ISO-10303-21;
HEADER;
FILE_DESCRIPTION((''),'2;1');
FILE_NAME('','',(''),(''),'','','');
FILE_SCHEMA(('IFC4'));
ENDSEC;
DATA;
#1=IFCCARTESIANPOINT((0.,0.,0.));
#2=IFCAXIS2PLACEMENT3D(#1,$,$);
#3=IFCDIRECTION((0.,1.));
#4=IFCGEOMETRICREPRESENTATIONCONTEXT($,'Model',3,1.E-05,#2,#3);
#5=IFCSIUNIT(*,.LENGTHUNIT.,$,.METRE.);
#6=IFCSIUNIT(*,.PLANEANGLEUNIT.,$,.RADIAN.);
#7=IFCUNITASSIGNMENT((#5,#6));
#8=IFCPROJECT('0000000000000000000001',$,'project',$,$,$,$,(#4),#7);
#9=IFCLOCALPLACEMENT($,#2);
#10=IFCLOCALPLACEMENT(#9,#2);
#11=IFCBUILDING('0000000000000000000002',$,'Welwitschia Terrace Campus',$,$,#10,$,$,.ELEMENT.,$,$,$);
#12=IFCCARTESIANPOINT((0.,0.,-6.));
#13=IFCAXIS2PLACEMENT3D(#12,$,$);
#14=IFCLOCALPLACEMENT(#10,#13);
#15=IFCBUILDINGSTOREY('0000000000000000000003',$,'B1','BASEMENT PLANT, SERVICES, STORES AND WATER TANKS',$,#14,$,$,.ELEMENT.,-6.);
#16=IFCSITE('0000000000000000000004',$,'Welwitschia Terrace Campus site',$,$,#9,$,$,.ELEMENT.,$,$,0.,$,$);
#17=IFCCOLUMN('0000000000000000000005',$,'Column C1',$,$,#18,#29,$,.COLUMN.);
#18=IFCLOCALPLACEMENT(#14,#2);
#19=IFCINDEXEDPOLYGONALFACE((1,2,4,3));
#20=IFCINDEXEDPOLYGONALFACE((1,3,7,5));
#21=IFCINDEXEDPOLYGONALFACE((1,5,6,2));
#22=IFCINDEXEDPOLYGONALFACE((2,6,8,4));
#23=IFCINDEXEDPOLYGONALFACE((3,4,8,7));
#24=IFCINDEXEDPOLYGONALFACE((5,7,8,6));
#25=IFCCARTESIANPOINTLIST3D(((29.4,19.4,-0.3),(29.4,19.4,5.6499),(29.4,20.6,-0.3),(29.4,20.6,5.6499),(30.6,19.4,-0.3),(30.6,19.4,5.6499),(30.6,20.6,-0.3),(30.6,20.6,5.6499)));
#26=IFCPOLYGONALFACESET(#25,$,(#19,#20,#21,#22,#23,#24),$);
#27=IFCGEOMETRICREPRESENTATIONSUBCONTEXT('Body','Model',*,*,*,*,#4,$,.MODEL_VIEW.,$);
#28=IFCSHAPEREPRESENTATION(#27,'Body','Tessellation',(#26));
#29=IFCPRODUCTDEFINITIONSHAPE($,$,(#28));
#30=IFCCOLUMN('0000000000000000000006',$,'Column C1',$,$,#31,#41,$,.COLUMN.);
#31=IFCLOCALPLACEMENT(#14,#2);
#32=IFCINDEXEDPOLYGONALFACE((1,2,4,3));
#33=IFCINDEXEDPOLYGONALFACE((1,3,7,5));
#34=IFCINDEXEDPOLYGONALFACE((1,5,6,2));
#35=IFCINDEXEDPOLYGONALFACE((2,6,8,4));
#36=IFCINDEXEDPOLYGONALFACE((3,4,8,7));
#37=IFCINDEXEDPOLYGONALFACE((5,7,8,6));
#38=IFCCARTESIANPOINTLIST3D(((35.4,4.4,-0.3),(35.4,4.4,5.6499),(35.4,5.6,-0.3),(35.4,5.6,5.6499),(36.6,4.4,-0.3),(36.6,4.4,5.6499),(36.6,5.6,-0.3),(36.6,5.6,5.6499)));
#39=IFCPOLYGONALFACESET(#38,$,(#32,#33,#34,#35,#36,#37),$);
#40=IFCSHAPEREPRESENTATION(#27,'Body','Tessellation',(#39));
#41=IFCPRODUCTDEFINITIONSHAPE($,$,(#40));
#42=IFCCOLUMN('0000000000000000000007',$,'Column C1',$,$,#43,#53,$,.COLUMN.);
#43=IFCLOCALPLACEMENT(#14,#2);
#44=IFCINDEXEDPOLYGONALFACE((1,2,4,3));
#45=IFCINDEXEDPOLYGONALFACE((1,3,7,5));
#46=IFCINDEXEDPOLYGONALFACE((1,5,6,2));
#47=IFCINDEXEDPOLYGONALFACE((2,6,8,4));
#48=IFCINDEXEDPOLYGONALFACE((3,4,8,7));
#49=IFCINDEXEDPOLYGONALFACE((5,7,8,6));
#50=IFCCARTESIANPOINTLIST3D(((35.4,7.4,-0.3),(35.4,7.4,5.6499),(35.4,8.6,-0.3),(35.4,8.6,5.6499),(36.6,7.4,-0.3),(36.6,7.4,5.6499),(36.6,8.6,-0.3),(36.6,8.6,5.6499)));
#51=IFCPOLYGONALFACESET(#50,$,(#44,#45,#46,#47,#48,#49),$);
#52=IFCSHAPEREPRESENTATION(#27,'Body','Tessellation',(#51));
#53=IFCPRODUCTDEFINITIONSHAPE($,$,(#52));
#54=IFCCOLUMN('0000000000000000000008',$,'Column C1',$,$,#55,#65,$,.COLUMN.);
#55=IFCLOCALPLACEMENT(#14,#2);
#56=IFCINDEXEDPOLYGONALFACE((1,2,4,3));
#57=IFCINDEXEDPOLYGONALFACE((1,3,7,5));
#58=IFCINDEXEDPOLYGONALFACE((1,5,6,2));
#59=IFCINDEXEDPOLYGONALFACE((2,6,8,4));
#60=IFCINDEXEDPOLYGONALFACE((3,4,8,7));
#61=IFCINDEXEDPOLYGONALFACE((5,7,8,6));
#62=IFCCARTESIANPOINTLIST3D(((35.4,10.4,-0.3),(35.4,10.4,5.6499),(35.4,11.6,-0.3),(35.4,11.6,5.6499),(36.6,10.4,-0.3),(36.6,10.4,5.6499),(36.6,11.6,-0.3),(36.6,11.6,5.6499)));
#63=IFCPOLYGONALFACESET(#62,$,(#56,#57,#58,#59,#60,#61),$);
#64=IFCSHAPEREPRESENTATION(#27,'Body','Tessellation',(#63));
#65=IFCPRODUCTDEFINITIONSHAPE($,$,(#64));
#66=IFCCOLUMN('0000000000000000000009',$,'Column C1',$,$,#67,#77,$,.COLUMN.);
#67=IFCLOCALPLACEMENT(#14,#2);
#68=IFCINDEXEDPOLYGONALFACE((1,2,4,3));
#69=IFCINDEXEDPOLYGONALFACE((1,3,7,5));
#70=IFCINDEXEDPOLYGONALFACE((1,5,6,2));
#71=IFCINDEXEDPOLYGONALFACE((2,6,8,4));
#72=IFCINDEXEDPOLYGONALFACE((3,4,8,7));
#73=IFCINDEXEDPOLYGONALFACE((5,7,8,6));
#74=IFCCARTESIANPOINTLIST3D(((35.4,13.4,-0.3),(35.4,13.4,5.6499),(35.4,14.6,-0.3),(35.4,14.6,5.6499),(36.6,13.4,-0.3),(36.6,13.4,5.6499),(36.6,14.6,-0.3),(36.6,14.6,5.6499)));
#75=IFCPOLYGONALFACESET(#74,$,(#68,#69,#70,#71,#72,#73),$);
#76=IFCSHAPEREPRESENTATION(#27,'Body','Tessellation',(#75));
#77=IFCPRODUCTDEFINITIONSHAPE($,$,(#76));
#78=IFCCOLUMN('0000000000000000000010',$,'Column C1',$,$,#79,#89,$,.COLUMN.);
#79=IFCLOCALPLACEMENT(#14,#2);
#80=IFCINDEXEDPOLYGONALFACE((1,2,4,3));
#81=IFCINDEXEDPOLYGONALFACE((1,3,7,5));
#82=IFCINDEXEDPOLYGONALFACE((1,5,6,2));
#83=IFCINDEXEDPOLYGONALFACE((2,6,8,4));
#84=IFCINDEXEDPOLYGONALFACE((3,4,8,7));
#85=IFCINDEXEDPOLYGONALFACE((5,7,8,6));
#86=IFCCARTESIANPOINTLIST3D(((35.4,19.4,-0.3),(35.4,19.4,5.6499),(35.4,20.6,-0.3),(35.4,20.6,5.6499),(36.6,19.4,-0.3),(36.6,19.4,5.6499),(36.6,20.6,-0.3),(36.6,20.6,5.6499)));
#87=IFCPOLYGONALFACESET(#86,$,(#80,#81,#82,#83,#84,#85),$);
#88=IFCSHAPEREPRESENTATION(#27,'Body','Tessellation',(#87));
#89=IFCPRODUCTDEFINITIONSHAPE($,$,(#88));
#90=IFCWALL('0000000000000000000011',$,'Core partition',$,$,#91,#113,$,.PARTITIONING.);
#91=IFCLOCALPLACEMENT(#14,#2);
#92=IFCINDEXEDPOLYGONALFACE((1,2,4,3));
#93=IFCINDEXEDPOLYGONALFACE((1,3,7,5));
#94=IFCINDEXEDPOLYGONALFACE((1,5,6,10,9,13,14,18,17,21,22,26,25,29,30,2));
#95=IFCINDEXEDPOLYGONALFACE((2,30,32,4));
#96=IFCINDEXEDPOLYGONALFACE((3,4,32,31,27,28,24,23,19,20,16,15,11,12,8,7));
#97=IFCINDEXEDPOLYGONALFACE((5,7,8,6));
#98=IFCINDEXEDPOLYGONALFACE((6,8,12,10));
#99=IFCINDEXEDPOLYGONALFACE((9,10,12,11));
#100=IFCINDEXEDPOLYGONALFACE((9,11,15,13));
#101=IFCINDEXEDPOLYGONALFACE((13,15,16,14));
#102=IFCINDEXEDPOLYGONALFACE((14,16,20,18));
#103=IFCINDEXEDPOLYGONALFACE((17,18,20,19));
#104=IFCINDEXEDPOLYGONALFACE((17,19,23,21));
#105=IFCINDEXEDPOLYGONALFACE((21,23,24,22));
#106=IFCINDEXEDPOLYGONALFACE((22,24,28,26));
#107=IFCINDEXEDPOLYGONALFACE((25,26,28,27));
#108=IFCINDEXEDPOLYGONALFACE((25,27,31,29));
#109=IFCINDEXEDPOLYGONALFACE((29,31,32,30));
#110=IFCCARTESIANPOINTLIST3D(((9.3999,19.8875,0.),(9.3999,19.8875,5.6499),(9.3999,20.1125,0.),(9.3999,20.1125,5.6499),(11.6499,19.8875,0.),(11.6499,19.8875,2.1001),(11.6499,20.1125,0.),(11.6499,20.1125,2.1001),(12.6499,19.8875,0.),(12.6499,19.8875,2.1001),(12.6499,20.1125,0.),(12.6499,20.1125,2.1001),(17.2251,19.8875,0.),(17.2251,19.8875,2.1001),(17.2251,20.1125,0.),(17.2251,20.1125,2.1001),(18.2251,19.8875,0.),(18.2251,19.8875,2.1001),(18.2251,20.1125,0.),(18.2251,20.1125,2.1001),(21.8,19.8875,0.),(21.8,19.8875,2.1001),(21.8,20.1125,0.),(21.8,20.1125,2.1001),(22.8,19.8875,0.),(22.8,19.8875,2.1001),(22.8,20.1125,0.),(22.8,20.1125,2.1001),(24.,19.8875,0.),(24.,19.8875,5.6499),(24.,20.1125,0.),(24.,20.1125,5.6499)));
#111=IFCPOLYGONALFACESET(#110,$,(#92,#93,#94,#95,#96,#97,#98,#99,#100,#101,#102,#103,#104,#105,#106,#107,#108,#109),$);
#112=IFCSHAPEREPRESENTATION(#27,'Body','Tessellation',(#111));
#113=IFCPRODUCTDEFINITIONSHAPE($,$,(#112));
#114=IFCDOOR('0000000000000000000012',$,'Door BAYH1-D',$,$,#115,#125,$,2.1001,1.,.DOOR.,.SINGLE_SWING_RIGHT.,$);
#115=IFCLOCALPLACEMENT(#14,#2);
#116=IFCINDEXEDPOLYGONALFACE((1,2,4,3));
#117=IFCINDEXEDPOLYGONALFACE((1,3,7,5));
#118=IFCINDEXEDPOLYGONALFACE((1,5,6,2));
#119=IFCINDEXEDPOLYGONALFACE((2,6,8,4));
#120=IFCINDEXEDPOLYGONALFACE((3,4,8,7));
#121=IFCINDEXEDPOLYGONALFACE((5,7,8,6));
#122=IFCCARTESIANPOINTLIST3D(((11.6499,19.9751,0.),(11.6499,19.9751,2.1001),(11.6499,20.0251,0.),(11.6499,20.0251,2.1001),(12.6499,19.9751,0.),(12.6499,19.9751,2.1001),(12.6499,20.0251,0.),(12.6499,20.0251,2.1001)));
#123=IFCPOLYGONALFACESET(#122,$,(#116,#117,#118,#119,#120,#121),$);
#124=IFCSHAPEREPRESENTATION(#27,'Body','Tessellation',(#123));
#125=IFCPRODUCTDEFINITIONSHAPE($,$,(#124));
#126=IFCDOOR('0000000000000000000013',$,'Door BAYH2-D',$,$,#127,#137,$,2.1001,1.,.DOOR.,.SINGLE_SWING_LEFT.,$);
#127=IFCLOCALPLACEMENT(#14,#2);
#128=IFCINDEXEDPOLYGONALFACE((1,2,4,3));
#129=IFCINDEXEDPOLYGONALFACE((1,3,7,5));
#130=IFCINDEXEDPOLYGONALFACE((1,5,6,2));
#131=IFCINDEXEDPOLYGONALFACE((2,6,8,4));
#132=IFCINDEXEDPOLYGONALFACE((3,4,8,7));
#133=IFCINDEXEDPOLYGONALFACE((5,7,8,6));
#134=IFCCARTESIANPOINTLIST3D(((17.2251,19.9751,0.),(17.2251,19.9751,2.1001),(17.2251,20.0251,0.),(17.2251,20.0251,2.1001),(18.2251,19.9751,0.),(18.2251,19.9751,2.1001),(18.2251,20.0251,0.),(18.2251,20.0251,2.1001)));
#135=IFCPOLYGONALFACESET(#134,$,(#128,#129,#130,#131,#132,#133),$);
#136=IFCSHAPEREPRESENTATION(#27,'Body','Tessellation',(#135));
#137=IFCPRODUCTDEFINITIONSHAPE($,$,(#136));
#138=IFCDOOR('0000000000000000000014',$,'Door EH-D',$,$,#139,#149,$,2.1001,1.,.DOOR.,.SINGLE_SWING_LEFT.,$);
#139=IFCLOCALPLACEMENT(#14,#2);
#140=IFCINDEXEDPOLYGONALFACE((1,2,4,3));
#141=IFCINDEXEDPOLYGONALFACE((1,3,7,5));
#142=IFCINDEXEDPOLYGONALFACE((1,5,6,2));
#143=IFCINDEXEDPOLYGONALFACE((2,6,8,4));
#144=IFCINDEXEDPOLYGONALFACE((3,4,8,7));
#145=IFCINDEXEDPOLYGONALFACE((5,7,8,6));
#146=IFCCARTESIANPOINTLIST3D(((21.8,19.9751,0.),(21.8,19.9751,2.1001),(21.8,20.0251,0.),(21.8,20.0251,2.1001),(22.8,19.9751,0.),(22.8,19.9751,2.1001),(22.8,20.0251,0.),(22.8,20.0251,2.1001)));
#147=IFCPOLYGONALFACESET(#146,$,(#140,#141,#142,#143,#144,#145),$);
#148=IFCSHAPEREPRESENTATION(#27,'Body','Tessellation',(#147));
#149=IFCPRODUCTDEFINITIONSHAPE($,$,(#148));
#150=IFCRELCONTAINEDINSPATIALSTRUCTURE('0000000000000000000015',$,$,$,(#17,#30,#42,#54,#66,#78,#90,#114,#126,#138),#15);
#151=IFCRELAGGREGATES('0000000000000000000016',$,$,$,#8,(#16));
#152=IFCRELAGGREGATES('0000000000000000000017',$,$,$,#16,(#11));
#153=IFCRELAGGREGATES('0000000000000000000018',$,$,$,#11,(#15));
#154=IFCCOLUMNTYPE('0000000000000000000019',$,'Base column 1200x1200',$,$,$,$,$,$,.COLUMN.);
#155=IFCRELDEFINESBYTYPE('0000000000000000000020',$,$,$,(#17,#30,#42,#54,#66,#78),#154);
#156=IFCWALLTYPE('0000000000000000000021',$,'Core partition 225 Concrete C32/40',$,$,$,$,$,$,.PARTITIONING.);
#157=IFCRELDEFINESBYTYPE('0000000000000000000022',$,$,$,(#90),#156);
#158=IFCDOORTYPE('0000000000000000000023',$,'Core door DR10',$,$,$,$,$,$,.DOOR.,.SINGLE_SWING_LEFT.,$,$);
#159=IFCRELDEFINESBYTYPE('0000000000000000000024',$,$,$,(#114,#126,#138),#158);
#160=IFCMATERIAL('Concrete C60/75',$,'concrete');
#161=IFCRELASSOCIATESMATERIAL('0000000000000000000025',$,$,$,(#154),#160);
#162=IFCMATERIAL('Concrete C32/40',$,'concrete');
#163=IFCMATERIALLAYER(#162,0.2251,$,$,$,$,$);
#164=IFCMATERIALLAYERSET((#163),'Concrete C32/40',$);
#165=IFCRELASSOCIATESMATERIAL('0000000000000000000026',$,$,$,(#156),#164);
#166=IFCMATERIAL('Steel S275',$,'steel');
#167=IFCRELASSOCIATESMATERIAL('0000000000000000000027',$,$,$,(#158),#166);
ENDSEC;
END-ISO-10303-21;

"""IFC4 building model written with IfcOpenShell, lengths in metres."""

from ifc_helpers import new_model, si_unit, direction, frame, frame_2d, origin, origin_2d, place, context, subcontext, project, spatial, rectangle, extrude, material, layer, layer_set, material_profile, profile_set, type_object, element, fill, save


model = new_model("IFC4")

# Units and contexts
model_context = context("Model", 3, precision=1e-05, world=origin(), true_north=direction((0.0, 1.0)))
body_context = subcontext(model_context, "Body", "Model", "MODEL_VIEW")
ifc_project = project(units=[si_unit("LENGTHUNIT", "METRE"), si_unit("PLANEANGLEUNIT", "RADIAN")], contexts=[model_context])

# Site, building, storey
site_placement = place(None, origin())
site = spatial("IfcSite", under=ifc_project, at=site_placement, Name="Welwitschia Terrace Campus site", CompositionType="ELEMENT", RefElevation=0.0)
building_placement = place(site_placement, origin())
building = spatial("IfcBuilding", under=site, at=building_placement, Name="Welwitschia Terrace Campus", CompositionType="ELEMENT")
storey_placement = place(building_placement, frame((0.0, 0.0, -6.0)))
storey = spatial("IfcBuildingStorey", under=building, at=storey_placement, Name="B1", Description="BASEMENT PLANT, SERVICES, STORES AND WATER TANKS", CompositionType="ELEMENT", Elevation=-6.0)

# Columns
ifc_material_1 = material(Name="Concrete C60/75", Category="concrete")
ifc_material_profile = material_profile(ifc_material_1, rectangle(XDim=1.2, YDim=1.2, at=origin_2d()))
ifc_profile_set = profile_set([ifc_material_profile], Name="Concrete C60/75")
column_type = type_object("IfcColumnType", Name="Base column 1200x1200", PredefinedType="COLUMN", material=ifc_profile_set)
for number, where, z_axis, x_axis, name in (
    (1, (30.0, 20.0, -0.3), (0.0, 0.0, 1.0), (1.0, 0.0, 0.0), "Column C1"),
    (2, (36.0, 5.0, -0.3), (0.0, 0.0, 1.0), (1.0, 0.0, 0.0), "Column C1"),
    (3, (36.0, 8.0, -0.3), (0.0, 0.0, 1.0), (1.0, 0.0, 0.0), "Column C1"),
    (4, (36.0, 11.0, -0.3), (0.0, 0.0, 1.0), (1.0, 0.0, 0.0), "Column C1"),
    (5, (36.0, 14.0, -0.3), (0.0, 0.0, 1.0), (1.0, 0.0, 0.0), "Column C1"),
    (6, (36.0, 20.0, -0.3), (0.0, 0.0, 1.0), (1.0, 0.0, 0.0), "Column C1"),
):
    element("IfcColumn", number, at=place(storey_placement, frame(where, z_axis=z_axis, x_axis=x_axis)), inside=storey, type_object=column_type, Name=name, PredefinedType="COLUMN", context=body_context, shape_type="SweptSolid", body=[
        extrude(rectangle(XDim=1.2, YDim=1.2, at=origin_2d()), origin(), (0.0, 0.0, 1.0), 5.95),
    ])

# Wall, openings, doors
ifc_material_2 = material(Name="Concrete C32/40", Category="concrete")
ifc_layer_1 = layer(ifc_material_2, 0.2251)
ifc_layer_set_1 = layer_set([ifc_layer_1], Name="Concrete C32/40")
wall_type_1 = type_object("IfcWallType", Name="Core partition 225 Concrete C32/40", PredefinedType="PARTITIONING", material=ifc_layer_set_1)
wall_1_placement = place(storey_placement, frame((24.0, 20.0, 0.0), z_axis=(0.0, 0.0, 1.0), x_axis=(-1.0, 0.0, 0.0)))
wall_1 = element("IfcWall", 7, at=wall_1_placement, inside=storey, type_object=wall_type_1, Name="Core partition", PredefinedType="PARTITIONING", context=body_context, shape_type="SweptSolid", body=[
    extrude(rectangle(XDim=14.6001, YDim=0.2251, at=frame_2d((7.3, 0.0))), origin(), (0.0, 0.0, 1.0), 5.6499),
])
opening_1_placement = place(wall_1_placement, frame((11.3501, 0.0, 0.0)))
opening_1 = element("IfcOpeningElement", 8, at=opening_1_placement, cuts=wall_1, PredefinedType="OPENING", context=body_context, shape_type="SweptSolid", body=[
    extrude(rectangle(XDim=1.0, YDim=2.1001, at=frame_2d((0.5, 1.05))), frame((0.0, 0.1226, 0.0), z_axis=(0.0, -1.0, 0.0), x_axis=(1.0, 0.0, 0.0)), (0.0, 0.0, 1.0), 0.2451),
])
opening_2_placement = place(wall_1_placement, frame((5.7749, 0.0, 0.0)))
opening_2 = element("IfcOpeningElement", 9, at=opening_2_placement, cuts=wall_1, PredefinedType="OPENING", context=body_context, shape_type="SweptSolid", body=[
    extrude(rectangle(XDim=1.0, YDim=2.1001, at=frame_2d((0.5, 1.05))), frame((0.0, 0.1226, 0.0), z_axis=(0.0, -1.0, 0.0), x_axis=(1.0, 0.0, 0.0)), (0.0, 0.0, 1.0), 0.2451),
])
opening_3_placement = place(wall_1_placement, frame((1.2, 0.0, 0.0)))
opening_3 = element("IfcOpeningElement", 10, at=opening_3_placement, cuts=wall_1, PredefinedType="OPENING", context=body_context, shape_type="SweptSolid", body=[
    extrude(rectangle(XDim=1.0, YDim=2.1001, at=frame_2d((0.5, 1.05))), frame((0.0, 0.1226, 0.0), z_axis=(0.0, -1.0, 0.0), x_axis=(1.0, 0.0, 0.0)), (0.0, 0.0, 1.0), 0.2451),
])
ifc_material_3 = material(Name="Steel S275", Category="steel")
door_type_1 = type_object("IfcDoorType", Name="Core door DR10", OperationType="SINGLE_SWING_LEFT", PredefinedType="DOOR", material=ifc_material_3)
door_1_placement = place(opening_1_placement, origin())
door_1 = element("IfcDoor", 11, at=door_1_placement, inside=storey, type_object=door_type_1, Name="Door BAYH1-D", OperationType="SINGLE_SWING_RIGHT", OverallHeight=2.1001, OverallWidth=1.0, PredefinedType="DOOR", context=body_context, shape_type="SweptSolid", body=[
    extrude(rectangle(XDim=1.0, YDim=2.1001, at=frame_2d((0.5, 1.05))), frame((0.0, 0.0249, 0.0), z_axis=(0.0, -1.0, 0.0), x_axis=(1.0, 0.0, 0.0)), (0.0, 0.0, 1.0), 0.05),
])
fill(opening_1, door_1)
door_2_placement = place(opening_2_placement, origin())
door_2 = element("IfcDoor", 12, at=door_2_placement, inside=storey, type_object=door_type_1, Name="Door BAYH2-D", OperationType="SINGLE_SWING_LEFT", OverallHeight=2.1001, OverallWidth=1.0, PredefinedType="DOOR", context=body_context, shape_type="SweptSolid", body=[
    extrude(rectangle(XDim=1.0, YDim=2.1001, at=frame_2d((0.5, 1.05))), frame((0.0, 0.0249, 0.0), z_axis=(0.0, -1.0, 0.0), x_axis=(1.0, 0.0, 0.0)), (0.0, 0.0, 1.0), 0.05),
])
fill(opening_2, door_2)
door_3_placement = place(opening_3_placement, origin())
door_3 = element("IfcDoor", 13, at=door_3_placement, inside=storey, type_object=door_type_1, Name="Door EH-D", OperationType="SINGLE_SWING_LEFT", OverallHeight=2.1001, OverallWidth=1.0, PredefinedType="DOOR", context=body_context, shape_type="SweptSolid", body=[
    extrude(rectangle(XDim=1.0, YDim=2.1001, at=frame_2d((0.5, 1.05))), frame((0.0, 0.0249, 0.0), z_axis=(0.0, -1.0, 0.0), x_axis=(1.0, 0.0, 0.0)), (0.0, 0.0, 1.0), 0.05),
])
fill(opening_3, door_3)

save(model, "model.ifc")
